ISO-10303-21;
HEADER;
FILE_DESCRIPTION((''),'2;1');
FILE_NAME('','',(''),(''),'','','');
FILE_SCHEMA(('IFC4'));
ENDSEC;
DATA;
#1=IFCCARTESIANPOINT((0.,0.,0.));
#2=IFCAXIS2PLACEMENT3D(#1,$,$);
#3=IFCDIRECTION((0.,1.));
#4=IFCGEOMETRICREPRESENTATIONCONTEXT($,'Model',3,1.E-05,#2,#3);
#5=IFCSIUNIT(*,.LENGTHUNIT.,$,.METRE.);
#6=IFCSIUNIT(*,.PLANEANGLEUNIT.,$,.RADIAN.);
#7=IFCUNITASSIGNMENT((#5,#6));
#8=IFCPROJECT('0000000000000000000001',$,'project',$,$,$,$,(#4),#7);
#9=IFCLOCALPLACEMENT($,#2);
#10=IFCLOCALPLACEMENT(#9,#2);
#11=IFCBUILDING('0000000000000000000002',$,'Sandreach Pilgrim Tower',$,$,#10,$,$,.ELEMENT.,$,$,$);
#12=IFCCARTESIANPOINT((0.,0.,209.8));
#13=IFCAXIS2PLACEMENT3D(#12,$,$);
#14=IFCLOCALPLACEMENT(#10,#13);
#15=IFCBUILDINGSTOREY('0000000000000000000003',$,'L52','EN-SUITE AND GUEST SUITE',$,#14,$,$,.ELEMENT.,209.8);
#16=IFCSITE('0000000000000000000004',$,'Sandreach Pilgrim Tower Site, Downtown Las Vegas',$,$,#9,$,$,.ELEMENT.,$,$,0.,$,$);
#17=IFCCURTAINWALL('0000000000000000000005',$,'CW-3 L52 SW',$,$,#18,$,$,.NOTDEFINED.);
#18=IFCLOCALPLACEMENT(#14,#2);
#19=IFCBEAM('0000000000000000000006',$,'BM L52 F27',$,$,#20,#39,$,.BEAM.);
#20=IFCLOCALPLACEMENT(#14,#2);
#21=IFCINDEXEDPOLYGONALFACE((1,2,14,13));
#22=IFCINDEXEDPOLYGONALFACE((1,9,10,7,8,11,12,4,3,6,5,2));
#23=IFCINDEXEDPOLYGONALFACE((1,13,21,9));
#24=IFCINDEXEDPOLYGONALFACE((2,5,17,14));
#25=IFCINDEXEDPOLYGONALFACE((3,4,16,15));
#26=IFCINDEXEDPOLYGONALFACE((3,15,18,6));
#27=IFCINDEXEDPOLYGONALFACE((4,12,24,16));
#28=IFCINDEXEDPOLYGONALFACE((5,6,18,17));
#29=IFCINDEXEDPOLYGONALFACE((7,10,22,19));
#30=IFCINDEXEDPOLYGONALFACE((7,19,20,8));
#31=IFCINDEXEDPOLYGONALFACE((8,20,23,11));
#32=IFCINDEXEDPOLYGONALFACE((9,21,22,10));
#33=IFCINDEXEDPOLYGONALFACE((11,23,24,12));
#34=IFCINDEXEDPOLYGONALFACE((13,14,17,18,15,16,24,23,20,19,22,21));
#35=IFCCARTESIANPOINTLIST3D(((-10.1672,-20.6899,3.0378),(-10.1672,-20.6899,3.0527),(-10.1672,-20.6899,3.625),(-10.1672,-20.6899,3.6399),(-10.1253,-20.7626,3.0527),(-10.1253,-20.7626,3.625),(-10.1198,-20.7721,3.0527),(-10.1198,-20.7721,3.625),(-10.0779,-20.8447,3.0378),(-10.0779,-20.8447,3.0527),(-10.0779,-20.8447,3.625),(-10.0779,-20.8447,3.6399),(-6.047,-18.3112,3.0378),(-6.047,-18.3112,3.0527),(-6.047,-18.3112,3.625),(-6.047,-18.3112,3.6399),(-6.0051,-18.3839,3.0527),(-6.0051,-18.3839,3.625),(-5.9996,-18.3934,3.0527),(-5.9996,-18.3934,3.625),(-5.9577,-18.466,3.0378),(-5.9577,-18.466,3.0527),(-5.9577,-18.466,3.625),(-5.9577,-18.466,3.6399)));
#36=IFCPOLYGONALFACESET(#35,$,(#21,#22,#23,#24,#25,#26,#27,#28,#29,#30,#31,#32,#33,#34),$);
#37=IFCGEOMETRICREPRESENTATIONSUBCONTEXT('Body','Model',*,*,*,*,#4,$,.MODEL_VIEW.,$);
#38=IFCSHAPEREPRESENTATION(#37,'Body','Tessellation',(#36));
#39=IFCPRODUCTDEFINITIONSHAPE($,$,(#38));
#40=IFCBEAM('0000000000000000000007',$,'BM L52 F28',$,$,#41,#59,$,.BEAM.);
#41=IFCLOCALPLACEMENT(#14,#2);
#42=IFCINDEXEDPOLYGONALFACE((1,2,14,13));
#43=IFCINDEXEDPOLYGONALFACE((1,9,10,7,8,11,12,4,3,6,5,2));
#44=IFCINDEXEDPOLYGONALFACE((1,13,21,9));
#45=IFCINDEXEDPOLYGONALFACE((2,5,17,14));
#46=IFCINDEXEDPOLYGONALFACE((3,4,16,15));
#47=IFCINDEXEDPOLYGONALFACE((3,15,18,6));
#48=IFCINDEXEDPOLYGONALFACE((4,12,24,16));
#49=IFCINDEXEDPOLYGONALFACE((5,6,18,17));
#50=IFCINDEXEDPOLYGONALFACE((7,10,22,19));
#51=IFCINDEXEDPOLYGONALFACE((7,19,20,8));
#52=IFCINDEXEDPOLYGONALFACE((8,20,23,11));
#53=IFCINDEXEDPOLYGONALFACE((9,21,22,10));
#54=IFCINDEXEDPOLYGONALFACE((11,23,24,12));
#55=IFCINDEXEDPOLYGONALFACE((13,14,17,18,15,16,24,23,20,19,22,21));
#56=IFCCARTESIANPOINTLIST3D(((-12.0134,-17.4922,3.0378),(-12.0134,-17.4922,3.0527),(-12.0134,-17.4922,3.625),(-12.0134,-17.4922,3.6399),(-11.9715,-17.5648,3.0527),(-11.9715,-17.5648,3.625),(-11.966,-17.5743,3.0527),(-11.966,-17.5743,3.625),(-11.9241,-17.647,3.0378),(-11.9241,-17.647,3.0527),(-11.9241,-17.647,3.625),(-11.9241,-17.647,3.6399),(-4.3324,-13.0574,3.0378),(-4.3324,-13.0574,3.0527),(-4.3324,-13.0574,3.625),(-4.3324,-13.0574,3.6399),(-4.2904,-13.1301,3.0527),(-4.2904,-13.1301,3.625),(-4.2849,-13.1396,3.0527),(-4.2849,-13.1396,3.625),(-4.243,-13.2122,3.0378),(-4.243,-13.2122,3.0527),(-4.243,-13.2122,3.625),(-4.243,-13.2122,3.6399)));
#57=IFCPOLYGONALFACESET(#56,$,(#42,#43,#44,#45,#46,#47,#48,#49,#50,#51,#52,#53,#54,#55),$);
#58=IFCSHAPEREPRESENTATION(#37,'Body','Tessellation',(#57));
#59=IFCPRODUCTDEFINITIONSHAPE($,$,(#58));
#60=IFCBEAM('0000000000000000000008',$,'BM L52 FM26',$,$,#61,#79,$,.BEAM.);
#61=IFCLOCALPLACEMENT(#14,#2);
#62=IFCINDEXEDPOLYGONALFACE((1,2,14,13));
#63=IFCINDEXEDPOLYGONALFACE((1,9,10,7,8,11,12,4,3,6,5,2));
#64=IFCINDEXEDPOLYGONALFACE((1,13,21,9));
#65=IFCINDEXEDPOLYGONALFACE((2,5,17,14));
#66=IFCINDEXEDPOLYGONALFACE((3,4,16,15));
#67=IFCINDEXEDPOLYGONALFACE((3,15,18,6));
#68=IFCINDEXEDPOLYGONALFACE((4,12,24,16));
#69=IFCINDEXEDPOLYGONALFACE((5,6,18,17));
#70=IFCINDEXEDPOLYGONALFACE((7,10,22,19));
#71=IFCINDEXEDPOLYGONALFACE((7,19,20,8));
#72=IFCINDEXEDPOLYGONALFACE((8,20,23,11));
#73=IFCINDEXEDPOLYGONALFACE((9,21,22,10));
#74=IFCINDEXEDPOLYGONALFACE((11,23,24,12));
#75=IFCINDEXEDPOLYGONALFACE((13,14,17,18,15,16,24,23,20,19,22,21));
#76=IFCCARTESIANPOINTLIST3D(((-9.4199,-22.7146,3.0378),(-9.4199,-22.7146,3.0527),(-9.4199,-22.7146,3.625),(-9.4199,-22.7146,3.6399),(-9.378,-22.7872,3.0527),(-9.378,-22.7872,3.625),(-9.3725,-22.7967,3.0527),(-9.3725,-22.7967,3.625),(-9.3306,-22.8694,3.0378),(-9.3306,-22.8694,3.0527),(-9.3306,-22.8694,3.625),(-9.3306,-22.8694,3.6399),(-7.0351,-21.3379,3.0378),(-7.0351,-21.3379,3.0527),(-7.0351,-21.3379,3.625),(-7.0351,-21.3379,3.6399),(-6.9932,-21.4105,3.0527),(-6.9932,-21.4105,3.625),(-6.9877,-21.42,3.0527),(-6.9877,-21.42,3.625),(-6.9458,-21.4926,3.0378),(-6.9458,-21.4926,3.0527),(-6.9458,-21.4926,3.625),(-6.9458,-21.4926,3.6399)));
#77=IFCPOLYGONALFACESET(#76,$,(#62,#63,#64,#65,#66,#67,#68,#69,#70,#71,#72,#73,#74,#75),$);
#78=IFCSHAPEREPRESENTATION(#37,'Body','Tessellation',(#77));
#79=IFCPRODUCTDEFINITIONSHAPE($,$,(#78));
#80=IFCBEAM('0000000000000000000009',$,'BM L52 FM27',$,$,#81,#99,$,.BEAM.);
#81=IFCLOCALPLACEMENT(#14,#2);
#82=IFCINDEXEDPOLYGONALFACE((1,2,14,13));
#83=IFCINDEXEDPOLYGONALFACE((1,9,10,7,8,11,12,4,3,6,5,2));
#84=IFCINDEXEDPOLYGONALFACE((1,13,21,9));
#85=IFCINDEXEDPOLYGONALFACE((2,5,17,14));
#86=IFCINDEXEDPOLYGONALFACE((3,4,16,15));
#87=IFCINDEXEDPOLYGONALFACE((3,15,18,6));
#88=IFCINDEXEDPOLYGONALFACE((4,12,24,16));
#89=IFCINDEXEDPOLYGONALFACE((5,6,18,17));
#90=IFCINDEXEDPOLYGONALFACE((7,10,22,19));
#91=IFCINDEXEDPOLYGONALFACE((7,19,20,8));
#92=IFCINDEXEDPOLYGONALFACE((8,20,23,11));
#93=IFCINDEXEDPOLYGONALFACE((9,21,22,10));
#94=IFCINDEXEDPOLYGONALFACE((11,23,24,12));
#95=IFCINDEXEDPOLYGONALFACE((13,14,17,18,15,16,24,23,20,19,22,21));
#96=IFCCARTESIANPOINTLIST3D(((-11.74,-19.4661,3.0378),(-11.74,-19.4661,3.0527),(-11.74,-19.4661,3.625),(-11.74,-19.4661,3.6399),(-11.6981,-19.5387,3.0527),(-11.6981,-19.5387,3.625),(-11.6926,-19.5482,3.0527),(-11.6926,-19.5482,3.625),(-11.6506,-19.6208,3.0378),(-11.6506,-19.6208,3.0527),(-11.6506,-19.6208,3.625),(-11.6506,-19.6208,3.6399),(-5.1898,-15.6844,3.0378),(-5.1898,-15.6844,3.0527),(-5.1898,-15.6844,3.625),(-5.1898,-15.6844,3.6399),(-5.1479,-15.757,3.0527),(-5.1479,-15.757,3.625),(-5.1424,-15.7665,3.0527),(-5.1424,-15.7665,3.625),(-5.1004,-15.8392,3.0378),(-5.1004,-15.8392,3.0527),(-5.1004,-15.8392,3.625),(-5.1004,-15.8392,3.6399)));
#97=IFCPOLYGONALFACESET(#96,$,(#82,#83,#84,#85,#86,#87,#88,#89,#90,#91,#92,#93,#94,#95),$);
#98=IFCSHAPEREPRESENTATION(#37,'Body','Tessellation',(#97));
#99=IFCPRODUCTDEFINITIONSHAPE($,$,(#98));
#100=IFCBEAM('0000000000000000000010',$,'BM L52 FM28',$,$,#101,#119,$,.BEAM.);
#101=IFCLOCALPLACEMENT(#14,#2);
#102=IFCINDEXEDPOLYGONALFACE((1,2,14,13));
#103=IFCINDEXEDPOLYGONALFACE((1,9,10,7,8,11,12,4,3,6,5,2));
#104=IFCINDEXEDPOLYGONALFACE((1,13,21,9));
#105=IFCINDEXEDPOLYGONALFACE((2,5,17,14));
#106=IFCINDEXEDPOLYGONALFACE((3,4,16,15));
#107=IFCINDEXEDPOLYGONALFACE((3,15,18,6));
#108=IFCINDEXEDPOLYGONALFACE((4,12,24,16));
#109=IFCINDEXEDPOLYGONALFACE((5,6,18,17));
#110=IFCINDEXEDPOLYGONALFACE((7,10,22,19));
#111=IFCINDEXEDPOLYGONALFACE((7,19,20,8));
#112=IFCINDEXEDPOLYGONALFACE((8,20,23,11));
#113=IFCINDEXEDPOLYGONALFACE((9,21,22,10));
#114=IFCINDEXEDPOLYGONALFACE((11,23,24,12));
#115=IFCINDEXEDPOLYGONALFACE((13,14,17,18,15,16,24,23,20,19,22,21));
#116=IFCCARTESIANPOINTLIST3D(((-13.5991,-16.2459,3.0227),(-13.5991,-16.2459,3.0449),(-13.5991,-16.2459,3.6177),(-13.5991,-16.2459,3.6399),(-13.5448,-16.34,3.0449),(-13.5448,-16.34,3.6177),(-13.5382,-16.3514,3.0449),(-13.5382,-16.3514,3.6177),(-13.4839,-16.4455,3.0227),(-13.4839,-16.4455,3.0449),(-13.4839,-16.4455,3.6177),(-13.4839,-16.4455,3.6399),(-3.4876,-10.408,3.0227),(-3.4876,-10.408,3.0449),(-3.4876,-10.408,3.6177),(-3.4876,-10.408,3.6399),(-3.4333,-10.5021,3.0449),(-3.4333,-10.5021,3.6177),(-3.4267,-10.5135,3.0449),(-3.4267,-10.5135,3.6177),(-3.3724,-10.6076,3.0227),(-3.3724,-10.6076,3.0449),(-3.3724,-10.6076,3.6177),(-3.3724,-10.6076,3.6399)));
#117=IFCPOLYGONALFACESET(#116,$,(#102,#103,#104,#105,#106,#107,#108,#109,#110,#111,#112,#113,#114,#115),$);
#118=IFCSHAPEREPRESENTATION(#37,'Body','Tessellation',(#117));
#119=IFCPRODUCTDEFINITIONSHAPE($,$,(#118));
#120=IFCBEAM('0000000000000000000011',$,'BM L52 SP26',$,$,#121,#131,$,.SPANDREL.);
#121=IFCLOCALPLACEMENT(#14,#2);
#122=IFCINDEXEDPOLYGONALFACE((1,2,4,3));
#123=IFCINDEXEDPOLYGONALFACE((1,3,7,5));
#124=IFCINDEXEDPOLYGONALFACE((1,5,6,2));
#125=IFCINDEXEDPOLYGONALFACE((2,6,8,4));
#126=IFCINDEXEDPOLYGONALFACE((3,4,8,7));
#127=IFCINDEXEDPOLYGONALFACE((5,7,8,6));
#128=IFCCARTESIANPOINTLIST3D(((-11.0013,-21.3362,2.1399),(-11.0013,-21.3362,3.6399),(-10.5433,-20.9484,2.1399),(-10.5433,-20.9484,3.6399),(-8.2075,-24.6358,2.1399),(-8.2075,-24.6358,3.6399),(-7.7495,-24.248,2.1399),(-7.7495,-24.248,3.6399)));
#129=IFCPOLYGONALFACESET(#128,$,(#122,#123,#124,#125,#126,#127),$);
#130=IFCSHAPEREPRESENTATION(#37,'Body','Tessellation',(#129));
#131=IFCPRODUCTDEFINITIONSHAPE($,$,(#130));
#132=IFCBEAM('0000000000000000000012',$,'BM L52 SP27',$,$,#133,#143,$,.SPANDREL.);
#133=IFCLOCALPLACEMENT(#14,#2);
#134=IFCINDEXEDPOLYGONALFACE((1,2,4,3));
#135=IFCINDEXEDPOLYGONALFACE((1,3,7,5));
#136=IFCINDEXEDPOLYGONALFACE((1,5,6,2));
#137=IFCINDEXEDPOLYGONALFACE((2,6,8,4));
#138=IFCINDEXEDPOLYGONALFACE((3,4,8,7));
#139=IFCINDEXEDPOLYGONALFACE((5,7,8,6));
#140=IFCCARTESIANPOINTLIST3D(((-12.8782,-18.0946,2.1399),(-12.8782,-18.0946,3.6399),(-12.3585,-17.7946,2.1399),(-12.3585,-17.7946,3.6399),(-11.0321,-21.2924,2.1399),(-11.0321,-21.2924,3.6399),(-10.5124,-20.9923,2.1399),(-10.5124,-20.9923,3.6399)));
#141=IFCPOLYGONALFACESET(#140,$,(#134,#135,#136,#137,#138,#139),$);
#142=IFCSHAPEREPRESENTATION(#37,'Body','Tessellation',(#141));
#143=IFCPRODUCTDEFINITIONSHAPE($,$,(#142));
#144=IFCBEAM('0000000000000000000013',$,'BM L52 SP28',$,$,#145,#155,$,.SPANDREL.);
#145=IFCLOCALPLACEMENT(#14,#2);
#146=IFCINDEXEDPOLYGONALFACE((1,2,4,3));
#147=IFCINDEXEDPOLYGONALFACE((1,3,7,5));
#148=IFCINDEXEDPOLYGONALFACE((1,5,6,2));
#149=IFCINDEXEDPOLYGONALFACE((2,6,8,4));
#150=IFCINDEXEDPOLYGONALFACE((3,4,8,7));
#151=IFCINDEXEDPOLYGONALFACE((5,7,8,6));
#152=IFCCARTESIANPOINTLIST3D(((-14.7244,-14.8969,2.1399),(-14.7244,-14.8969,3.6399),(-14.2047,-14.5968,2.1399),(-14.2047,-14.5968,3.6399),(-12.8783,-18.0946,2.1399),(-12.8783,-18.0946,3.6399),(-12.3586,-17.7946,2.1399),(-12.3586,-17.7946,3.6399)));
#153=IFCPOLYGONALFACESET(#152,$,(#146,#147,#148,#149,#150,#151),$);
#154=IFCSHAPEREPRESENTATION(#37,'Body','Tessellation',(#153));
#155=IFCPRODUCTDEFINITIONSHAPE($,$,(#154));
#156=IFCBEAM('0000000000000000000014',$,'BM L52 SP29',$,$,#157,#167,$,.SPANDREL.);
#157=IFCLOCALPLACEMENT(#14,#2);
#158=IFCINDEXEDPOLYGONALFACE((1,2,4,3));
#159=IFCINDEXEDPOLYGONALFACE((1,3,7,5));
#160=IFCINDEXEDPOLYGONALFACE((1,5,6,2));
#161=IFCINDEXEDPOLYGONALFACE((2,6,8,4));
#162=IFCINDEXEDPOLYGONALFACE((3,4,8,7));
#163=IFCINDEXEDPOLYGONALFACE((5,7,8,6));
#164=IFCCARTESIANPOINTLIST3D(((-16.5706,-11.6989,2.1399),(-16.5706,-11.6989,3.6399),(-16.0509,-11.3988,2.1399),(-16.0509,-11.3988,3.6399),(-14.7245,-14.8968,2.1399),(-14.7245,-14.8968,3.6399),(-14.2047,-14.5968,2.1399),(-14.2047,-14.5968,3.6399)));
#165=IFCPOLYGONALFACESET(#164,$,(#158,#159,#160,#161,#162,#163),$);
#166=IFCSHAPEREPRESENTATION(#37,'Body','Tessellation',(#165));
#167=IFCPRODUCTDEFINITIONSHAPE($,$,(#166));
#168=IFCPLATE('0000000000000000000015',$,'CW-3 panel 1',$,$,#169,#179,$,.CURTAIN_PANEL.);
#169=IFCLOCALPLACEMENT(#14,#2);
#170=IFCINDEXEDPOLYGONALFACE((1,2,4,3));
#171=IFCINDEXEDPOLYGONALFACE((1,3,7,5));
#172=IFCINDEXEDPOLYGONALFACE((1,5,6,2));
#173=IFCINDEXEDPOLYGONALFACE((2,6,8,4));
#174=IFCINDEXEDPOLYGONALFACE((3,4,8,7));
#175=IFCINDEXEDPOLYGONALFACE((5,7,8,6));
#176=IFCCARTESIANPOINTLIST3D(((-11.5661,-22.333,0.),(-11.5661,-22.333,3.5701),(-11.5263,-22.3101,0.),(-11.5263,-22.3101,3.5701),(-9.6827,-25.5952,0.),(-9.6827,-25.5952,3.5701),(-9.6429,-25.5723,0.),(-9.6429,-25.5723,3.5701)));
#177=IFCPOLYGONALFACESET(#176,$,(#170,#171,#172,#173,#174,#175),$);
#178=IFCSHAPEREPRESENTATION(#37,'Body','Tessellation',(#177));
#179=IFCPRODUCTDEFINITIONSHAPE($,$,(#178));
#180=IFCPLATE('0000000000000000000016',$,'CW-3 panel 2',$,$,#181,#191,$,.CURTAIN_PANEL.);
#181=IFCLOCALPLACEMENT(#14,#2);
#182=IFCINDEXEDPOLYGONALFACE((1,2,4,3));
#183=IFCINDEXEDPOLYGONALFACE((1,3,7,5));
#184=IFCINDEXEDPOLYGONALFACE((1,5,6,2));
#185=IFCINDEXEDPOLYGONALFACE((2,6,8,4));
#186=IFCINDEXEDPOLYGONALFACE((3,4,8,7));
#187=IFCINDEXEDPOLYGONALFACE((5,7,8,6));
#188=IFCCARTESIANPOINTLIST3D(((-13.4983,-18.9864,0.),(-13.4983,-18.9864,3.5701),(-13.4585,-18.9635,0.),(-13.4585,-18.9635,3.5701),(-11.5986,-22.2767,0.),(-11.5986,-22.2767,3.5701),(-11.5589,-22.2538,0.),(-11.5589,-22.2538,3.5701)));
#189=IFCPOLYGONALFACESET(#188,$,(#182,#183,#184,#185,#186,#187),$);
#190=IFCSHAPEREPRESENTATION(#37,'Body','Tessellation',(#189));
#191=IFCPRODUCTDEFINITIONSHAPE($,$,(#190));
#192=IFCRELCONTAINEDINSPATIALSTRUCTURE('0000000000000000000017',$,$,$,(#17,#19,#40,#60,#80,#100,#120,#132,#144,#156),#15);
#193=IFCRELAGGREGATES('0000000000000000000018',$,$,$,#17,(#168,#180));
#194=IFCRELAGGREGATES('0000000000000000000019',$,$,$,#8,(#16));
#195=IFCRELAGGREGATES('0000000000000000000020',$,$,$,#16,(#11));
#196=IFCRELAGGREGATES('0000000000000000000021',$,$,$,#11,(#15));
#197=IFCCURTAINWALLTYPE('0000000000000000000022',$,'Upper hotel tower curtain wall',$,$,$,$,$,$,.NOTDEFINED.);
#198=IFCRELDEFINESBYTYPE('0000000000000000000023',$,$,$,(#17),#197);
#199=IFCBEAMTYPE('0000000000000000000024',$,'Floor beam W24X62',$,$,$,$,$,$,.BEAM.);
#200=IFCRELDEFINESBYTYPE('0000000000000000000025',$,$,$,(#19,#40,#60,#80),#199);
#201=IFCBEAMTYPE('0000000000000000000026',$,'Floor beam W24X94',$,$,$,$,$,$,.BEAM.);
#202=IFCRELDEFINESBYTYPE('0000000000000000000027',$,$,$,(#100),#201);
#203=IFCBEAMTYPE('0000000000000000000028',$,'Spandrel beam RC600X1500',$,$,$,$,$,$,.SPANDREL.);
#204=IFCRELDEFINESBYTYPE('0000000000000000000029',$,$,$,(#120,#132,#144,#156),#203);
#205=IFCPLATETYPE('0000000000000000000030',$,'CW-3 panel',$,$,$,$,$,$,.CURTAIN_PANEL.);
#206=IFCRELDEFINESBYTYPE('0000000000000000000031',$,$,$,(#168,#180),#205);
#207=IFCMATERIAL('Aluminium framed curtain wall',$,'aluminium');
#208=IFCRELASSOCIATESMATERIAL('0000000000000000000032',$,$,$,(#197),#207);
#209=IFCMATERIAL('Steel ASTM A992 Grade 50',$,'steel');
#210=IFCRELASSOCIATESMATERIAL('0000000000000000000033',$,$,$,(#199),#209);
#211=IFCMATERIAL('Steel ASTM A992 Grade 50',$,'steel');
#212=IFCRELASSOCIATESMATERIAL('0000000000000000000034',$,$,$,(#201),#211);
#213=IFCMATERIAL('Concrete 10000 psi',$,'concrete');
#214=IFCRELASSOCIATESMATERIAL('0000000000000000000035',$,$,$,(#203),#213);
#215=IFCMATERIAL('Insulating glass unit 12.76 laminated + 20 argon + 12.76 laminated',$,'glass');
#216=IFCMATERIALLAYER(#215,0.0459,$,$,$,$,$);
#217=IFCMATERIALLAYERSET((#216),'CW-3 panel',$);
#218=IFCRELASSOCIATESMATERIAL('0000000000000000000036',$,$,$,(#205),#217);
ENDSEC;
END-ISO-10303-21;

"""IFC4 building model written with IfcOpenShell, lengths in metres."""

from ifc_helpers import new_model, si_unit, direction, frame, origin, origin_2d, place, context, subcontext, project, spatial, rectangle, i_section, extrude, material, layer, layer_set, material_profile, profile_set, type_object, element, aggregate, save


model = new_model("IFC4")

# Units and contexts
model_context = context("Model", 3, precision=1e-05, world=origin(), true_north=direction((0.0, 1.0)))
body_context = subcontext(model_context, "Body", "Model", "MODEL_VIEW")
ifc_project = project(units=[si_unit("LENGTHUNIT", "METRE"), si_unit("PLANEANGLEUNIT", "RADIAN")], contexts=[model_context])

# Site, building, storey
site_placement = place(None, origin())
site = spatial("IfcSite", under=ifc_project, at=site_placement, Name="Sandreach Pilgrim Tower Site, Downtown Las Vegas", CompositionType="ELEMENT", RefElevation=0.0)
building_placement = place(site_placement, origin())
building = spatial("IfcBuilding", under=site, at=building_placement, Name="Sandreach Pilgrim Tower", CompositionType="ELEMENT")
storey_placement = place(building_placement, frame((0.0, 0.0, 209.8)))
storey = spatial("IfcBuildingStorey", under=building, at=storey_placement, Name="L52", Description="EN-SUITE AND GUEST SUITE", CompositionType="ELEMENT", Elevation=209.8)

# Shared definitions
ifc_material_1 = material(Name="Aluminium framed curtain wall", Category="aluminium")
curtain_wall_type = type_object("IfcCurtainWallType", Name="Upper hotel tower curtain wall", PredefinedType="NOTDEFINED", material=ifc_material_1)

# Curtain wall
curtain_wall_1_placement = place(storey_placement, origin())
curtain_wall_1 = element("IfcCurtainWall", 1, at=curtain_wall_1_placement, inside=storey, type_object=curtain_wall_type, Name="CW-3 L52 SW", PredefinedType="NOTDEFINED")

# Beams
ifc_material_2 = material(Name="Steel ASTM A992 Grade 50", Category="steel")
ifc_material_profile_1 = material_profile(ifc_material_2, i_section(OverallWidth=0.1787, OverallDepth=0.6021, WebThickness=0.011, FlangeThickness=0.0149, at=origin_2d()), Name="W24X62")
ifc_profile_set_1 = profile_set([ifc_material_profile_1], Name="Steel ASTM A992 Grade 50")
beam_type_1 = type_object("IfcBeamType", Name="Floor beam W24X62", PredefinedType="BEAM", material=ifc_profile_set_1)
beam_1_placement = place(storey_placement, frame((-10.1226, -20.7673, 3.3389), z_axis=(0.866033, 0.499986, 0.0), x_axis=(-0.499986, 0.866033, 0.0)))
element("IfcBeam", 2, at=beam_1_placement, inside=storey, type_object=beam_type_1, Name="BM L52 F27", PredefinedType="BEAM", context=body_context, shape_type="SweptSolid", body=[
    extrude(i_section(OverallWidth=0.1787, OverallDepth=0.6021, WebThickness=0.011, FlangeThickness=0.0149, at=origin_2d()), origin(), (0.0, 0.0, 1.0), 4.7576),
])
beam_2_placement = place(storey_placement, frame((-11.9688, -17.5696, 3.3389), z_axis=(0.866021, 0.500008, 0.0), x_axis=(-0.500008, 0.866021, 0.0)))
element("IfcBeam", 3, at=beam_2_placement, inside=storey, type_object=beam_type_1, Name="BM L52 F28", PredefinedType="BEAM", context=body_context, shape_type="SweptSolid", body=[
    extrude(i_section(OverallWidth=0.1787, OverallDepth=0.6021, WebThickness=0.011, FlangeThickness=0.0149, at=origin_2d()), origin(), (0.0, 0.0, 1.0), 8.8694),
])
beam_3_placement = place(storey_placement, frame((-9.3752, -22.792, 3.3389), z_axis=(0.866047, 0.499963, 0.0), x_axis=(-0.499963, 0.866047, 0.0)))
element("IfcBeam", 4, at=beam_3_placement, inside=storey, type_object=beam_type_1, Name="BM L52 FM26", PredefinedType="BEAM", context=body_context, shape_type="SweptSolid", body=[
    extrude(i_section(OverallWidth=0.1787, OverallDepth=0.6021, WebThickness=0.011, FlangeThickness=0.0149, at=origin_2d()), origin(), (0.0, 0.0, 1.0), 2.7537),
])
beam_4_placement = place(storey_placement, frame((-11.6953, -19.5435, 3.3389), z_axis=(0.86603, 0.499993, 0.0), x_axis=(-0.499993, 0.86603, 0.0)))
element("IfcBeam", 5, at=beam_4_placement, inside=storey, type_object=beam_type_1, Name="BM L52 FM27", PredefinedType="BEAM", context=body_context, shape_type="SweptSolid", body=[
    extrude(i_section(OverallWidth=0.1787, OverallDepth=0.6021, WebThickness=0.011, FlangeThickness=0.0149, at=origin_2d()), origin(), (0.0, 0.0, 1.0), 7.5635),
])
ifc_material_3 = material(Name="Steel ASTM A992 Grade 50", Category="steel")
ifc_material_profile_2 = material_profile(ifc_material_3, i_section(OverallWidth=0.2305, OverallDepth=0.6172, WebThickness=0.0132, FlangeThickness=0.0222, at=origin_2d()), Name="W24X94")
ifc_profile_set_2 = profile_set([ifc_material_profile_2], Name="Steel ASTM A992 Grade 50")
beam_type_2 = type_object("IfcBeamType", Name="Floor beam W24X94", PredefinedType="BEAM", material=ifc_profile_set_2)
beam_5_placement = place(storey_placement, frame((-13.5415, -16.3457, 3.3313), z_axis=(0.866026, 0.499998, 0.0), x_axis=(-0.499998, 0.866026, 0.0)))
element("IfcBeam", 6, at=beam_5_placement, inside=storey, type_object=beam_type_2, Name="BM L52 FM28", PredefinedType="BEAM", context=body_context, shape_type="SweptSolid", body=[
    extrude(i_section(OverallWidth=0.2305, OverallDepth=0.6172, WebThickness=0.0132, FlangeThickness=0.0222, at=origin_2d()), origin(), (0.0, 0.0, 1.0), 11.6758),
])
ifc_material_4 = material(Name="Concrete 10000 psi", Category="concrete")
ifc_material_profile_3 = material_profile(ifc_material_4, rectangle(XDim=0.6001, YDim=1.5, at=origin_2d()), Name="RC600X1500")
ifc_profile_set_3 = profile_set([ifc_material_profile_3], Name="Concrete 10000 psi")
beam_type_3 = type_object("IfcBeamType", Name="Spandrel beam RC600X1500", PredefinedType="SPANDREL", material=ifc_profile_set_3)
beam_6_placement = place(storey_placement, frame((-7.9785, -24.4419, 2.8899), z_axis=(-0.64618, 0.763185, 0.0), x_axis=(-0.763185, -0.64618, 0.0)))
element("IfcBeam", 7, at=beam_6_placement, inside=storey, type_object=beam_type_3, Name="BM L52 SP26", PredefinedType="SPANDREL", context=body_context, shape_type="SweptSolid", body=[
    extrude(rectangle(XDim=0.6001, YDim=1.5, at=origin_2d()), origin(), (0.0, 0.0, 1.0), 4.3235),
])
for number, where, z_axis, x_axis, name in (
    (8, (-10.7722, -21.1423, 2.8899), (-0.499993, 0.866029, 0.0), (-0.866029, -0.499993, 0.0), "BM L52 SP27"),
    (9, (-12.6184, -17.9446, 2.8899), (-0.499993, 0.866029, 0.0), (-0.866029, -0.499993, 0.0), "BM L52 SP28"),
):
    element("IfcBeam", number, at=place(storey_placement, frame(where, z_axis=z_axis, x_axis=x_axis)), inside=storey, type_object=beam_type_3, Name=name, PredefinedType="SPANDREL", context=body_context, shape_type="SweptSolid", body=[
        extrude(rectangle(XDim=0.6001, YDim=1.5, at=origin_2d()), origin(), (0.0, 0.0, 1.0), 3.6924),
    ])
beam_7_placement = place(storey_placement, frame((-14.4646, -14.7468, 2.8899), z_axis=(-0.499965, 0.866046, 0.0), x_axis=(-0.866046, -0.499965, 0.0)))
element("IfcBeam", 10, at=beam_7_placement, inside=storey, type_object=beam_type_3, Name="BM L52 SP29", PredefinedType="SPANDREL", context=body_context, shape_type="SweptSolid", body=[
    extrude(rectangle(XDim=0.6001, YDim=1.5, at=origin_2d()), origin(), (0.0, 0.0, 1.0), 3.6926),
])

# Plates
ifc_material_5 = material(Name="Insulating glass unit 12.76 laminated + 20 argon + 12.76 laminated", Category="glass")
ifc_layer_1 = layer(ifc_material_5, 0.0459)
ifc_layer_set_1 = layer_set([ifc_layer_1], Name="CW-3 panel")
plate_type = type_object("IfcPlateType", Name="CW-3 panel", PredefinedType="CURTAIN_PANEL", material=ifc_layer_set_1)
plate_1_placement = place(storey_placement, frame((-10.6045, -23.9526, 0.0), z_axis=(0.0, 0.0, 1.0), x_axis=(-0.5, 0.866025, 0.0)))
plate_1 = element("IfcPlate", 11, at=plate_1_placement, type_object=plate_type, Name="CW-3 panel 1", PredefinedType="CURTAIN_PANEL", context=body_context, shape_type="SweptSolid", body=[
    extrude(rectangle(XDim=3.7668, YDim=0.0459, at=origin_2d()), origin(), (0.0, 0.0, 1.0), 3.5701),
])
plate_2_placement = place(storey_placement, frame((-12.5286, -20.6201, 0.0), z_axis=(0.0, 0.0, 1.0), x_axis=(-0.5, 0.866025, 0.0)))
plate_2 = element("IfcPlate", 12, at=plate_2_placement, type_object=plate_type, Name="CW-3 panel 2", PredefinedType="CURTAIN_PANEL", context=body_context, shape_type="SweptSolid", body=[
    extrude(rectangle(XDim=3.7993, YDim=0.0459, at=origin_2d()), origin(), (0.0, 0.0, 1.0), 3.5701),
])
aggregate(curtain_wall_1, [plate_1, plate_2])

save(model, "model.ifc")
